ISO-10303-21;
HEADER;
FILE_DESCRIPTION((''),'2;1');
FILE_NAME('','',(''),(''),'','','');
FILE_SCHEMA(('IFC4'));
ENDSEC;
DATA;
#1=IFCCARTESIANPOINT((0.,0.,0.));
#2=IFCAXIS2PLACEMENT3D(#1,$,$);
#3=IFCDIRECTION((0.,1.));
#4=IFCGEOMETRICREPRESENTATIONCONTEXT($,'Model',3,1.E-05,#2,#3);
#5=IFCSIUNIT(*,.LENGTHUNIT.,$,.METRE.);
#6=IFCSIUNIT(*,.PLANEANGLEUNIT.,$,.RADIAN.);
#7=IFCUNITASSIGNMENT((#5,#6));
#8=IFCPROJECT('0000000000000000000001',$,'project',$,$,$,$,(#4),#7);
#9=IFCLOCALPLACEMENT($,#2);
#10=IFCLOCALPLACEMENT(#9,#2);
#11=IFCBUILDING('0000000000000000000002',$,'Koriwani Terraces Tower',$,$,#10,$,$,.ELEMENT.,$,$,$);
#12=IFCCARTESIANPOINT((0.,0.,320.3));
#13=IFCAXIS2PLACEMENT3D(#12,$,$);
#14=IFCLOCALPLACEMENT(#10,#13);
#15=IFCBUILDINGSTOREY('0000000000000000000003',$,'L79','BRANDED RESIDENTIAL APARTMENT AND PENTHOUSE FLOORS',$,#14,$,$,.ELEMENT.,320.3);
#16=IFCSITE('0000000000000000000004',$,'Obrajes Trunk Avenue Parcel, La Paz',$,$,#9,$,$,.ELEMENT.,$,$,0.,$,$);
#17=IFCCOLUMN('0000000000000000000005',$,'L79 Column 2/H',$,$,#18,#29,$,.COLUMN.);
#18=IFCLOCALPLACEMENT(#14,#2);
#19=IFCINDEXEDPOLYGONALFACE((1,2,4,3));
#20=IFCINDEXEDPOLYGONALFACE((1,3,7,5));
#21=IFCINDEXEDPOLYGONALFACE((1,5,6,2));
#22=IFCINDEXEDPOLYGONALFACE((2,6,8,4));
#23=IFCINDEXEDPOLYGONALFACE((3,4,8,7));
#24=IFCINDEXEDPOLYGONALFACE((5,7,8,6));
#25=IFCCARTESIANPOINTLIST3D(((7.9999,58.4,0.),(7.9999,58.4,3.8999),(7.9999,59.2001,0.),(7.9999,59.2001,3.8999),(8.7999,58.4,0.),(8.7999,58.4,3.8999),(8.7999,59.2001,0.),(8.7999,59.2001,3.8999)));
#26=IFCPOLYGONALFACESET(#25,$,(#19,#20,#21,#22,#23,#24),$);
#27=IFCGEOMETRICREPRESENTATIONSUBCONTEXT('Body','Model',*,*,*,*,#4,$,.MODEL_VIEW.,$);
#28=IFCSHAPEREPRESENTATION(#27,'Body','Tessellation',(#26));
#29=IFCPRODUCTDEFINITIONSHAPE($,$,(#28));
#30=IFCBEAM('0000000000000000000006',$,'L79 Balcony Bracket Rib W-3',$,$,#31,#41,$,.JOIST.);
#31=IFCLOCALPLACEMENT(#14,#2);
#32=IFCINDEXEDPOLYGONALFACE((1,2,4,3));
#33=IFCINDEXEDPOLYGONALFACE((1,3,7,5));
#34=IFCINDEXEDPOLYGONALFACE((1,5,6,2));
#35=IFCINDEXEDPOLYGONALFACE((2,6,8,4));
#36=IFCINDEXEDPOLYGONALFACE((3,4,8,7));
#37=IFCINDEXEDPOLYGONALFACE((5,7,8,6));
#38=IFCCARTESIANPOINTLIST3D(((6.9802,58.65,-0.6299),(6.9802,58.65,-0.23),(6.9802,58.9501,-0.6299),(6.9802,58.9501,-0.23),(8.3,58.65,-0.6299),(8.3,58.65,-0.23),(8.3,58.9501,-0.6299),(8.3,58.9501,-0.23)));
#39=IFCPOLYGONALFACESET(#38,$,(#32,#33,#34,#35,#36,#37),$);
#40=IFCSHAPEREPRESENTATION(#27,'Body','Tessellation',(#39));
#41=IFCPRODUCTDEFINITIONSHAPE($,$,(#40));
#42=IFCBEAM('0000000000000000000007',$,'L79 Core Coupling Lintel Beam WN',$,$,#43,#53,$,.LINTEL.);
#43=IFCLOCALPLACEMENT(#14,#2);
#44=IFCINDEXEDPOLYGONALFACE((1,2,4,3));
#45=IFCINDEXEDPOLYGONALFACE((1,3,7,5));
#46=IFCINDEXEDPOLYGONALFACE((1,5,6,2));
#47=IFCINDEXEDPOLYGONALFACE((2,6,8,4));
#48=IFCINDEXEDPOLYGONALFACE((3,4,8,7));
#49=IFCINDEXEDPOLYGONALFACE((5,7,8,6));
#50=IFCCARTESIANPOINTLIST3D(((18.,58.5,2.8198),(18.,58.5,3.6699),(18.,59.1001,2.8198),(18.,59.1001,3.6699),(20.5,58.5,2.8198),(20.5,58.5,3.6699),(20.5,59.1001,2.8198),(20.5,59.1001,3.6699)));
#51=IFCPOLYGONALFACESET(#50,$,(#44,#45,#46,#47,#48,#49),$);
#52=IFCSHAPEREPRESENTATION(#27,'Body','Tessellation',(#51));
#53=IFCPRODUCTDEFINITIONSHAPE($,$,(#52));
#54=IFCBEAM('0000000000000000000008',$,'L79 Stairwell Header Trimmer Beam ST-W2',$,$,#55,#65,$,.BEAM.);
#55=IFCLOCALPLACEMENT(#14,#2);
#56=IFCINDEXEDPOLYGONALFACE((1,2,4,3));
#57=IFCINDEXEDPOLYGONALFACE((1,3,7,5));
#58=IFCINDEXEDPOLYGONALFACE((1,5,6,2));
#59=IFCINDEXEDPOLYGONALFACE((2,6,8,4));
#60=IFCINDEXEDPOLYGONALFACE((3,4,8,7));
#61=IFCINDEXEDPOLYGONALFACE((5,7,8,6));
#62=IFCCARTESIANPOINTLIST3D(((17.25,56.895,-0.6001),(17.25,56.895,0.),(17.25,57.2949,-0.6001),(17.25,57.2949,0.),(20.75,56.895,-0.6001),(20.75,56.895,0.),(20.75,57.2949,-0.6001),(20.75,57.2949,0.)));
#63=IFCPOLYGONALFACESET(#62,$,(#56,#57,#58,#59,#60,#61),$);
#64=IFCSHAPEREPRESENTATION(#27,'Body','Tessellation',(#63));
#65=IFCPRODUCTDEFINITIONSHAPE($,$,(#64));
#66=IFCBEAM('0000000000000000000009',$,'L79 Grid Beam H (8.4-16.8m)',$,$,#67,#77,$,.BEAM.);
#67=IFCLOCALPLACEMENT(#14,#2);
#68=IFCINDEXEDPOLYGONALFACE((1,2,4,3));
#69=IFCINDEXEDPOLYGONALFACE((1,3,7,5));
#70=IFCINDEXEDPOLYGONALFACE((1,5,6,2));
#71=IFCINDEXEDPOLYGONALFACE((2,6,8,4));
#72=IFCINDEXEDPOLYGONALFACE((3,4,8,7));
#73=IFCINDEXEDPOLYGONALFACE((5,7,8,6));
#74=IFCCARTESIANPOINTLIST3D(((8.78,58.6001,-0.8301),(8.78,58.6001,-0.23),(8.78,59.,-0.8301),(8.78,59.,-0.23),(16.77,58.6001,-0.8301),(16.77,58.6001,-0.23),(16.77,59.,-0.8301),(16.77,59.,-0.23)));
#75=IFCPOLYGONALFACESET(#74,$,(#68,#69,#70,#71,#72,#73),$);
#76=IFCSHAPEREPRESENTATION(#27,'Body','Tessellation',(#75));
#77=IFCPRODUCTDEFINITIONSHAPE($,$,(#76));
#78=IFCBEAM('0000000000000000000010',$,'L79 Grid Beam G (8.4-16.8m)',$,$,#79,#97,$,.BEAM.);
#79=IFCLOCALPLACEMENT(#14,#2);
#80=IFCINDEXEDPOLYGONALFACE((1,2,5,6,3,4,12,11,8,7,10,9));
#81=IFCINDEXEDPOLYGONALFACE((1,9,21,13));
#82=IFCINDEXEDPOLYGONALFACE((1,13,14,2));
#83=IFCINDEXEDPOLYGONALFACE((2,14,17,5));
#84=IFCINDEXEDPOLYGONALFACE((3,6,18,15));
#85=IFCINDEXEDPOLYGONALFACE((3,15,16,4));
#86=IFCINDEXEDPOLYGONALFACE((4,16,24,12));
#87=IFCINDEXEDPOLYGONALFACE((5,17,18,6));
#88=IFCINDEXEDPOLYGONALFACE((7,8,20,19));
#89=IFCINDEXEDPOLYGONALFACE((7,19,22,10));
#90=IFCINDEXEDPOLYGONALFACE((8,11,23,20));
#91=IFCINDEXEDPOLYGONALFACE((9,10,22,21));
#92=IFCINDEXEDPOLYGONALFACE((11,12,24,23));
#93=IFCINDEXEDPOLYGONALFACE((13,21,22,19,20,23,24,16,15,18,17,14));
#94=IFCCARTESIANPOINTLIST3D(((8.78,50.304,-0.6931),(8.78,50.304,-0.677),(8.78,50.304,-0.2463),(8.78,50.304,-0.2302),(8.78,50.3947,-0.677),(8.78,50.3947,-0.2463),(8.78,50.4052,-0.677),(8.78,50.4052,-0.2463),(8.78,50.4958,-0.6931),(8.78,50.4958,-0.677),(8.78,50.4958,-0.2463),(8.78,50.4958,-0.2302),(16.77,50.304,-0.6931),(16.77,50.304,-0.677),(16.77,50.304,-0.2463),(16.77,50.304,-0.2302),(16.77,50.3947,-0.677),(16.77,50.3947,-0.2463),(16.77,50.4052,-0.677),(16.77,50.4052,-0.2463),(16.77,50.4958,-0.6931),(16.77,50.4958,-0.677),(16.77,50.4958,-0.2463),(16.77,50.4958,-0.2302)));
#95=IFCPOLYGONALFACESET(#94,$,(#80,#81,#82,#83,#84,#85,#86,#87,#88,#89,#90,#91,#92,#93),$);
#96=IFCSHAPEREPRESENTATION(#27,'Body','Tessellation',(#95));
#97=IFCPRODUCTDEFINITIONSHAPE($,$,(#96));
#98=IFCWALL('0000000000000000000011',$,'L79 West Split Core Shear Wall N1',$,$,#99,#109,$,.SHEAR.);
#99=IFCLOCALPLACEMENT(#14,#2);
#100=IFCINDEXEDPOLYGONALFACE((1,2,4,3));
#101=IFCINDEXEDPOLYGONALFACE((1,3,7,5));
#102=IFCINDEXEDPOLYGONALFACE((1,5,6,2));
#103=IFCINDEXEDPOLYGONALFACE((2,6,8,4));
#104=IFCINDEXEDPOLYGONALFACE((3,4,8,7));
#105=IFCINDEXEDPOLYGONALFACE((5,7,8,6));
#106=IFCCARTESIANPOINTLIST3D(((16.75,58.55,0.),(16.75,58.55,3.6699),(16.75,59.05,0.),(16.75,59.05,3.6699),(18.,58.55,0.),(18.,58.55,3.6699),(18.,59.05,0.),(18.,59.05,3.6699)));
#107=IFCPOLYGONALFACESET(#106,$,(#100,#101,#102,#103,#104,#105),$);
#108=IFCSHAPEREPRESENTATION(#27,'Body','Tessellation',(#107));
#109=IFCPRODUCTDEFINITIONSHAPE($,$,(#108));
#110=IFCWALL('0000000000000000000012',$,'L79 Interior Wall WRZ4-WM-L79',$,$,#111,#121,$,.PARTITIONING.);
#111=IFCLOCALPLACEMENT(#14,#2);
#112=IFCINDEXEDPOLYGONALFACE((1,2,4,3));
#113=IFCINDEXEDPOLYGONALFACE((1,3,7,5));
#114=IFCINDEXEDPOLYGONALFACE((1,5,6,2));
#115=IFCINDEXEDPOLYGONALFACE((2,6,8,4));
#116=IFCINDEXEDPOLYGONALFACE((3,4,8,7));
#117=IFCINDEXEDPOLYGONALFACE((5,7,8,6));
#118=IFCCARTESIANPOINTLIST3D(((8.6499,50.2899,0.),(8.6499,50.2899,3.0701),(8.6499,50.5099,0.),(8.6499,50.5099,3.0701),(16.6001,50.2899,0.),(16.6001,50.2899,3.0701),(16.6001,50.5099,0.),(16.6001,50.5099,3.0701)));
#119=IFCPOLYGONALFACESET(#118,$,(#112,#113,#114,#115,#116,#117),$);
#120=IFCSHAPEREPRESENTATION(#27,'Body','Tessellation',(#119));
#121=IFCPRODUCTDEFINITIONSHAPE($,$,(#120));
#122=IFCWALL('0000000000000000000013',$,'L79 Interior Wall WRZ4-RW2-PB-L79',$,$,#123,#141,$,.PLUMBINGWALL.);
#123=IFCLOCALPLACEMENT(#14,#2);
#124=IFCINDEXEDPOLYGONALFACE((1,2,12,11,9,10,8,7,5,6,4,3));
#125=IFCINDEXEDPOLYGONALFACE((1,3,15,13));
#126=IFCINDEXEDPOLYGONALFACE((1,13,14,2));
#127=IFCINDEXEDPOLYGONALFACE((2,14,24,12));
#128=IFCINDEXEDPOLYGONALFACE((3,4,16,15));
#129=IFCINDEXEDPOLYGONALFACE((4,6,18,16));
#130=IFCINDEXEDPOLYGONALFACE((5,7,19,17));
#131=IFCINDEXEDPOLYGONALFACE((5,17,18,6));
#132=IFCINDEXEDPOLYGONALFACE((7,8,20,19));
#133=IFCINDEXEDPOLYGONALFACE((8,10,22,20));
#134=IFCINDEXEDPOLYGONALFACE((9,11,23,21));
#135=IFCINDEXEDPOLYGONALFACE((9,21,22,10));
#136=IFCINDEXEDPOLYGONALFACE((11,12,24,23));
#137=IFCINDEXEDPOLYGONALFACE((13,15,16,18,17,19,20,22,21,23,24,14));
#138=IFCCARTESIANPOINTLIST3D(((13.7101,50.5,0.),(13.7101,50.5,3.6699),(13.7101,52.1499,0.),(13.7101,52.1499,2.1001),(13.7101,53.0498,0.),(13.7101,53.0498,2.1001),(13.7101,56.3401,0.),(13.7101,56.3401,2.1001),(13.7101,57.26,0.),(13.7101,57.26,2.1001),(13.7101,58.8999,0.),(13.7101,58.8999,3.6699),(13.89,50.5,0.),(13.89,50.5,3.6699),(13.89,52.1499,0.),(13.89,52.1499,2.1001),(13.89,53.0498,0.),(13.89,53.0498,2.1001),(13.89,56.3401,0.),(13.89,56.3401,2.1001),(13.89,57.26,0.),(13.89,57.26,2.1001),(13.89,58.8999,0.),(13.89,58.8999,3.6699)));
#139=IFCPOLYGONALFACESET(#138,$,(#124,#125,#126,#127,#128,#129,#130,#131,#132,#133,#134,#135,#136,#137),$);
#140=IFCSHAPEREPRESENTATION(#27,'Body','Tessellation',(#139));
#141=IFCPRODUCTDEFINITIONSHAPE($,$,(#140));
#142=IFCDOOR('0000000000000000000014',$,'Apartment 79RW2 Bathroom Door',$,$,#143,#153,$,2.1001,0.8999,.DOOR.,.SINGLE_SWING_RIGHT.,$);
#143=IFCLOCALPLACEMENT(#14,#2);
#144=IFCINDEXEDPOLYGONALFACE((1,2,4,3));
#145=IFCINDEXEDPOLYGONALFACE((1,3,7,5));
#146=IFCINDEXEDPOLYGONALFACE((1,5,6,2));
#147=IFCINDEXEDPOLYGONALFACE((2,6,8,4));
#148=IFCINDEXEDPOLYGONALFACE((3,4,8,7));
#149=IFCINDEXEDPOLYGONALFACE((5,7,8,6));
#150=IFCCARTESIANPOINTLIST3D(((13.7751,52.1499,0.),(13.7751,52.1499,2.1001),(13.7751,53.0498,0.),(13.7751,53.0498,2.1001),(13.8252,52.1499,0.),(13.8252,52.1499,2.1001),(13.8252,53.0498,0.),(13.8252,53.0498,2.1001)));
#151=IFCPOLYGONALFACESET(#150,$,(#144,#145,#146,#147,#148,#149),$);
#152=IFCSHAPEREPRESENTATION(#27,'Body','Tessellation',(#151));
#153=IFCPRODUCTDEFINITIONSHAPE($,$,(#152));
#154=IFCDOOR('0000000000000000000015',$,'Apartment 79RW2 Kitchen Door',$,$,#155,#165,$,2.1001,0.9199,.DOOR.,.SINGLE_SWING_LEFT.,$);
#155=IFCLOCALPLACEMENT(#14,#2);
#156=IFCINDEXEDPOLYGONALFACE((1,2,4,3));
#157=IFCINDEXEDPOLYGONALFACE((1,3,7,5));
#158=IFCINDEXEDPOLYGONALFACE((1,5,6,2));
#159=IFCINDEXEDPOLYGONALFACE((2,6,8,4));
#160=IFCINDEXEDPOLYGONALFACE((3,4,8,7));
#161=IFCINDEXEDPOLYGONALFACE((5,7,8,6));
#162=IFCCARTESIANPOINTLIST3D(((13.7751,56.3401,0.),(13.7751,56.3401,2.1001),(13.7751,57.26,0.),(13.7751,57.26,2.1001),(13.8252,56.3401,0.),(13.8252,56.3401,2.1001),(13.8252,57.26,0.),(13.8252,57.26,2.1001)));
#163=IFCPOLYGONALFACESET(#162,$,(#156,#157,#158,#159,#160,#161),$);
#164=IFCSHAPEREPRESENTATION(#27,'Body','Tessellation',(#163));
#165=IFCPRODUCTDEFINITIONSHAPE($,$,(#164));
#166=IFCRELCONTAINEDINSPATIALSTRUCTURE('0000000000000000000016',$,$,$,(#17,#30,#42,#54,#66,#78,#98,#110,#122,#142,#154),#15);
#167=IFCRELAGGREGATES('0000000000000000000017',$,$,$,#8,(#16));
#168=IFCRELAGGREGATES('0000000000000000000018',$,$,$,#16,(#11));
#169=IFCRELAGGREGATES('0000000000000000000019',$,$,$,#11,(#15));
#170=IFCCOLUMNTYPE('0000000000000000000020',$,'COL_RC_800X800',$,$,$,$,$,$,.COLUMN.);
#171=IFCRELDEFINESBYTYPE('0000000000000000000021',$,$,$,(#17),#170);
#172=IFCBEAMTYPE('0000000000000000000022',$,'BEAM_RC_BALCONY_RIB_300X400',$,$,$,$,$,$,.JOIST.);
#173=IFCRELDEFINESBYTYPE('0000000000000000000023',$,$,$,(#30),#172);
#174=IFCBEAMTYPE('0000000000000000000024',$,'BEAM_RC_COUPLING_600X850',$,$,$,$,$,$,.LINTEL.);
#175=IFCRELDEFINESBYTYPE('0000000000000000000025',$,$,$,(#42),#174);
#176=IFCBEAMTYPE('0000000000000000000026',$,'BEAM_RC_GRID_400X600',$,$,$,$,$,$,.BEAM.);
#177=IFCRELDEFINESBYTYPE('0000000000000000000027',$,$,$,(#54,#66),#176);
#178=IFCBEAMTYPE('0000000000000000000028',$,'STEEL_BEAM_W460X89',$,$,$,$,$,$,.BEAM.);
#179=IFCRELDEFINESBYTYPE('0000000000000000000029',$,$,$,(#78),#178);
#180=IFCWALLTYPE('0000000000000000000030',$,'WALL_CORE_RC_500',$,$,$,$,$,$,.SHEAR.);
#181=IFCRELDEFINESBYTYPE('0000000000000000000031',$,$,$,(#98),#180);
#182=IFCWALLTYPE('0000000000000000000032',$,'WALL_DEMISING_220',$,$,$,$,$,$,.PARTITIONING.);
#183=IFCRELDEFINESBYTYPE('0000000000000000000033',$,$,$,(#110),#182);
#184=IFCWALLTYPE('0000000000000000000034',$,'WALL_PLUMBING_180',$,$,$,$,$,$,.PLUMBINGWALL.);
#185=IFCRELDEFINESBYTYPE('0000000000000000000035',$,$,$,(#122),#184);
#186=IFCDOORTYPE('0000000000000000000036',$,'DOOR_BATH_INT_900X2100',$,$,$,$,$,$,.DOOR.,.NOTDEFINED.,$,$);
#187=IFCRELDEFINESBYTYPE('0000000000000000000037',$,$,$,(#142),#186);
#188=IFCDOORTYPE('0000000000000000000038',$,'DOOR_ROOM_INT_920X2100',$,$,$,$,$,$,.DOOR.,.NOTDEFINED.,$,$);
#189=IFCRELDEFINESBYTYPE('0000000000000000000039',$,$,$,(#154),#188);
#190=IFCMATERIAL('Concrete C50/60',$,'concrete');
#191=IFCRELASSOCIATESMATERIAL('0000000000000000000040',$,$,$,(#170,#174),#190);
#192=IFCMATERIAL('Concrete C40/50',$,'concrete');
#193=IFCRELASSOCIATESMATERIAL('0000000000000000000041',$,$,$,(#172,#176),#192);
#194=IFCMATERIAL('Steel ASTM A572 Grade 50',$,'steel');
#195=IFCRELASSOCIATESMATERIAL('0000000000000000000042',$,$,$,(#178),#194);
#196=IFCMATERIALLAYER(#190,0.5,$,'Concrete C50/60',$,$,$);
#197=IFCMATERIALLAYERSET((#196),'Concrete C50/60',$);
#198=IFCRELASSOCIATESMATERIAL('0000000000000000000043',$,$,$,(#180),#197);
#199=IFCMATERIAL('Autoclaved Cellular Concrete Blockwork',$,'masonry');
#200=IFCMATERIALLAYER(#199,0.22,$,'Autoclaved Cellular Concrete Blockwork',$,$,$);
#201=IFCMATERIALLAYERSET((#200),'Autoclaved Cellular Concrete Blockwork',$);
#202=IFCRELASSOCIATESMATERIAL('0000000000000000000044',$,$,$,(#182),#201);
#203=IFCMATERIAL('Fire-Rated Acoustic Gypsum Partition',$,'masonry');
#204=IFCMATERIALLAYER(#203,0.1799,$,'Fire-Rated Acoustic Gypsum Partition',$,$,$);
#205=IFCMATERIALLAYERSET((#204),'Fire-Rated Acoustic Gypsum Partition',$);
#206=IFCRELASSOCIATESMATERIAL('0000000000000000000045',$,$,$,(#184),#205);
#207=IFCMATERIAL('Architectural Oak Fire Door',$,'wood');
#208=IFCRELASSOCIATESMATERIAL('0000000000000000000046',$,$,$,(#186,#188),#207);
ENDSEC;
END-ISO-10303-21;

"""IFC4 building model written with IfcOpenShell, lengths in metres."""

from ifc_helpers import new_model, si_unit, direction, frame, frame_2d, origin, origin_2d, place, context, subcontext, project, spatial, rectangle, i_section, extrude, material, layer, layer_set, material_profile, profile_set, type_object, element, fill, save


model = new_model("IFC4")

# Units and contexts
model_context = context("Model", 3, precision=1e-05, world=origin(), true_north=direction((0.0, 1.0)))
body_context = subcontext(model_context, "Body", "Model", "MODEL_VIEW")
ifc_project = project(units=[si_unit("LENGTHUNIT", "METRE"), si_unit("PLANEANGLEUNIT", "RADIAN")], contexts=[model_context])

# Site, building, storey
site_placement = place(None, origin())
site = spatial("IfcSite", under=ifc_project, at=site_placement, Name="Obrajes Trunk Avenue Parcel, La Paz", CompositionType="ELEMENT", RefElevation=0.0)
building_placement = place(site_placement, origin())
building = spatial("IfcBuilding", under=site, at=building_placement, Name="Koriwani Terraces Tower", CompositionType="ELEMENT")
storey_placement = place(building_placement, frame((0.0, 0.0, 320.3)))
storey = spatial("IfcBuildingStorey", under=building, at=storey_placement, Name="L79", Description="BRANDED RESIDENTIAL APARTMENT AND PENTHOUSE FLOORS", CompositionType="ELEMENT", Elevation=320.3)

# Column
ifc_material_1 = material(Name="Concrete C50/60", Category="concrete")
ifc_material_profile_1 = material_profile(ifc_material_1, rectangle(XDim=0.8, YDim=0.8, at=origin_2d()), Name="Concrete C50/60", Category="LoadBearing")
ifc_profile_set_1 = profile_set([ifc_material_profile_1], Name="Concrete C50/60")
column_type = type_object("IfcColumnType", Name="COL_RC_800X800", PredefinedType="COLUMN", material=ifc_profile_set_1)
column_placement = place(storey_placement, frame((8.3999, 58.8, 0.0), z_axis=(0.0, 0.0, 1.0), x_axis=(1.0, 0.0, 0.0)))
element("IfcColumn", 1, at=column_placement, inside=storey, type_object=column_type, Name="L79 Column 2/H", PredefinedType="COLUMN", context=body_context, shape_type="SweptSolid", body=[
    extrude(rectangle(XDim=0.8, YDim=0.8, at=origin_2d()), origin(), (0.0, 0.0, 1.0), 3.8999),
])

# Beams
ifc_material_2 = material(Name="Concrete C40/50", Category="concrete")
ifc_material_profile_2 = material_profile(ifc_material_2, rectangle(XDim=0.3, YDim=0.3999, at=origin_2d()), Name="Concrete C40/50", Category="LoadBearing")
ifc_profile_set_2 = profile_set([ifc_material_profile_2], Name="Concrete C40/50")
beam_type_1 = type_object("IfcBeamType", Name="BEAM_RC_BALCONY_RIB_300X400", PredefinedType="JOIST", material=ifc_profile_set_2)
beam_1_placement = place(storey_placement, frame((6.9802, 58.8, -0.4299), z_axis=(1.0, 0.0, 0.0), x_axis=(0.0, 1.0, 0.0)))
element("IfcBeam", 2, at=beam_1_placement, inside=storey, type_object=beam_type_1, Name="L79 Balcony Bracket Rib W-3", PredefinedType="JOIST", context=body_context, shape_type="SweptSolid", body=[
    extrude(rectangle(XDim=0.3, YDim=0.3999, at=origin_2d()), origin(), (0.0, 0.0, 1.0), 1.3198),
])
ifc_material_profile_3 = material_profile(ifc_material_1, rectangle(XDim=0.6001, YDim=0.8501, at=origin_2d()), Name="Concrete C50/60", Category="LoadBearing")
ifc_profile_set_3 = profile_set([ifc_material_profile_3], Name="Concrete C50/60")
beam_type_2 = type_object("IfcBeamType", Name="BEAM_RC_COUPLING_600X850", PredefinedType="LINTEL", material=ifc_profile_set_3)
beam_2_placement = place(storey_placement, frame((18.0, 58.8, 3.2449), z_axis=(1.0, 0.0, 0.0), x_axis=(0.0, 1.0, 0.0)))
element("IfcBeam", 3, at=beam_2_placement, inside=storey, type_object=beam_type_2, Name="L79 Core Coupling Lintel Beam WN", PredefinedType="LINTEL", context=body_context, shape_type="SweptSolid", body=[
    extrude(rectangle(XDim=0.6001, YDim=0.8501, at=origin_2d()), origin(), (0.0, 0.0, 1.0), 2.5),
])
ifc_material_profile_4 = material_profile(ifc_material_2, rectangle(XDim=0.3999, YDim=0.6001, at=origin_2d()), Name="Concrete C40/50", Category="LoadBearing")
ifc_profile_set_4 = profile_set([ifc_material_profile_4], Name="Concrete C40/50")
beam_type_3 = type_object("IfcBeamType", Name="BEAM_RC_GRID_400X600", PredefinedType="BEAM", material=ifc_profile_set_4)
beam_3_placement = place(storey_placement, frame((17.25, 57.095, -0.3), z_axis=(1.0, 0.0, 0.0), x_axis=(0.0, 1.0, 0.0)))
element("IfcBeam", 4, at=beam_3_placement, inside=storey, type_object=beam_type_3, Name="L79 Stairwell Header Trimmer Beam ST-W2", PredefinedType="BEAM", context=body_context, shape_type="SweptSolid", body=[
    extrude(rectangle(XDim=0.3999, YDim=0.6001, at=origin_2d()), origin(), (0.0, 0.0, 1.0), 3.5),
])
beam_4_placement = place(storey_placement, frame((8.78, 58.8, -0.53), z_axis=(1.0, 0.0, 0.0), x_axis=(0.0, 1.0, 0.0)))
element("IfcBeam", 5, at=beam_4_placement, inside=storey, type_object=beam_type_3, Name="L79 Grid Beam H (8.4-16.8m)", PredefinedType="BEAM", context=body_context, shape_type="SweptSolid", body=[
    extrude(rectangle(XDim=0.3999, YDim=0.6001, at=origin_2d()), origin(), (0.0, 0.0, 1.0), 7.99),
])
ifc_material_3 = material(Name="Steel ASTM A572 Grade 50", Category="steel")
ifc_material_profile_5 = material_profile(ifc_material_3, i_section(OverallWidth=0.1919, OverallDepth=0.4629, WebThickness=0.0105, FlangeThickness=0.0161, at=origin_2d()), Name="Steel ASTM A572 Grade 50", Category="LoadBearing")
ifc_profile_set_5 = profile_set([ifc_material_profile_5], Name="Steel ASTM A572 Grade 50")
beam_type_4 = type_object("IfcBeamType", Name="STEEL_BEAM_W460X89", PredefinedType="BEAM", material=ifc_profile_set_5)
beam_5_placement = place(storey_placement, frame((8.78, 50.3999, -0.4617), z_axis=(1.0, 0.0, 0.0), x_axis=(0.0, 1.0, 0.0)))
element("IfcBeam", 6, at=beam_5_placement, inside=storey, type_object=beam_type_4, Name="L79 Grid Beam G (8.4-16.8m)", PredefinedType="BEAM", context=body_context, shape_type="SweptSolid", body=[
    extrude(i_section(OverallWidth=0.1919, OverallDepth=0.4629, WebThickness=0.0105, FlangeThickness=0.0161, at=origin_2d()), origin(), (0.0, 0.0, 1.0), 7.99),
])

# Walls
ifc_layer_1 = layer(ifc_material_1, 0.5, Name="Concrete C50/60")
ifc_layer_set_1 = layer_set([ifc_layer_1], Name="Concrete C50/60")
wall_type_1 = type_object("IfcWallType", Name="WALL_CORE_RC_500", PredefinedType="SHEAR", material=ifc_layer_set_1)
wall_1_placement = place(storey_placement, frame((16.75, 58.8, 0.0), z_axis=(0.0, 0.0, 1.0), x_axis=(1.0, 0.0, 0.0)))
element("IfcWall", 7, at=wall_1_placement, inside=storey, type_object=wall_type_1, Name="L79 West Split Core Shear Wall N1", PredefinedType="SHEAR", context=body_context, shape_type="SweptSolid", body=[
    extrude(rectangle(XDim=1.25, YDim=0.5, at=frame_2d((0.625, 0.0))), origin(), (0.0, 0.0, 1.0), 3.6699),
])
ifc_material_4 = material(Name="Autoclaved Cellular Concrete Blockwork", Category="masonry")
ifc_layer_2 = layer(ifc_material_4, 0.22, Name="Autoclaved Cellular Concrete Blockwork")
ifc_layer_set_2 = layer_set([ifc_layer_2], Name="Autoclaved Cellular Concrete Blockwork")
wall_type_2 = type_object("IfcWallType", Name="WALL_DEMISING_220", PredefinedType="PARTITIONING", material=ifc_layer_set_2)
wall_2_placement = place(storey_placement, frame((8.6499, 50.3999, 0.0), z_axis=(0.0, 0.0, 1.0), x_axis=(1.0, 0.0, 0.0)))
element("IfcWall", 8, at=wall_2_placement, inside=storey, type_object=wall_type_2, Name="L79 Interior Wall WRZ4-WM-L79", PredefinedType="PARTITIONING", context=body_context, shape_type="SweptSolid", body=[
    extrude(rectangle(XDim=7.9502, YDim=0.22, at=frame_2d((3.9751, 0.0))), origin(), (0.0, 0.0, 1.0), 3.0701),
])

# Wall, openings, doors
ifc_material_5 = material(Name="Fire-Rated Acoustic Gypsum Partition", Category="masonry")
ifc_layer_3 = layer(ifc_material_5, 0.1799, Name="Fire-Rated Acoustic Gypsum Partition")
ifc_layer_set_3 = layer_set([ifc_layer_3], Name="Fire-Rated Acoustic Gypsum Partition")
wall_type_3 = type_object("IfcWallType", Name="WALL_PLUMBING_180", PredefinedType="PLUMBINGWALL", material=ifc_layer_set_3)
wall_3_placement = place(storey_placement, frame((13.8, 50.5, 0.0), z_axis=(0.0, 0.0, 1.0), x_axis=(0.0, 1.0, 0.0)))
wall_3 = element("IfcWall", 9, at=wall_3_placement, inside=storey, type_object=wall_type_3, Name="L79 Interior Wall WRZ4-RW2-PB-L79", PredefinedType="PLUMBINGWALL", context=body_context, shape_type="SweptSolid", body=[
    extrude(rectangle(XDim=8.3999, YDim=0.1799, at=frame_2d((4.2, 0.0))), origin(), (0.0, 0.0, 1.0), 3.6699),
])
opening_1_placement = place(wall_3_placement, frame((1.6499, 0.0, 0.0)))
opening_1 = element("IfcOpeningElement", 10, at=opening_1_placement, cuts=wall_3, PredefinedType="OPENING", context=body_context, shape_type="SweptSolid", body=[
    extrude(rectangle(XDim=0.8999, YDim=2.1001, at=frame_2d((0.45, 1.05))), frame((0.0, 0.1001, 0.0), z_axis=(0.0, -1.0, 0.0), x_axis=(1.0, 0.0, 0.0)), (0.0, 0.0, 1.0), 0.2),
])
opening_2_placement = place(wall_3_placement, frame((5.8401, 0.0, 0.0)))
opening_2 = element("IfcOpeningElement", 11, at=opening_2_placement, cuts=wall_3, PredefinedType="OPENING", context=body_context, shape_type="SweptSolid", body=[
    extrude(rectangle(XDim=0.9199, YDim=2.1001, at=frame_2d((0.46, 1.05))), frame((0.0, 0.1001, 0.0), z_axis=(0.0, -1.0, 0.0), x_axis=(1.0, 0.0, 0.0)), (0.0, 0.0, 1.0), 0.2),
])
ifc_material_6 = material(Name="Architectural Oak Fire Door", Category="wood")
door_type_1 = type_object("IfcDoorType", Name="DOOR_BATH_INT_900X2100", OperationType="NOTDEFINED", PredefinedType="DOOR", material=ifc_material_6)
door_1_placement = place(opening_1_placement, origin())
door_1 = element("IfcDoor", 12, at=door_1_placement, inside=storey, type_object=door_type_1, Name="Apartment 79RW2 Bathroom Door", OperationType="SINGLE_SWING_RIGHT", OverallHeight=2.1001, OverallWidth=0.8999, PredefinedType="DOOR", context=body_context, shape_type="SweptSolid", body=[
    extrude(rectangle(XDim=0.8999, YDim=2.1001, at=frame_2d((0.45, 1.05))), frame((0.0, 0.0249, 0.0), z_axis=(0.0, -1.0, 0.0), x_axis=(1.0, 0.0, 0.0)), (0.0, 0.0, 1.0), 0.05),
])
fill(opening_1, door_1)
door_type_2 = type_object("IfcDoorType", Name="DOOR_ROOM_INT_920X2100", OperationType="NOTDEFINED", PredefinedType="DOOR", material=ifc_material_6)
door_2_placement = place(opening_2_placement, origin())
door_2 = element("IfcDoor", 13, at=door_2_placement, inside=storey, type_object=door_type_2, Name="Apartment 79RW2 Kitchen Door", OperationType="SINGLE_SWING_LEFT", OverallHeight=2.1001, OverallWidth=0.9199, PredefinedType="DOOR", context=body_context, shape_type="SweptSolid", body=[
    extrude(rectangle(XDim=0.9199, YDim=2.1001, at=frame_2d((0.46, 1.05))), frame((0.0, 0.0249, 0.0), z_axis=(0.0, -1.0, 0.0), x_axis=(1.0, 0.0, 0.0)), (0.0, 0.0, 1.0), 0.05),
])
fill(opening_2, door_2)

save(model, "model.ifc")
